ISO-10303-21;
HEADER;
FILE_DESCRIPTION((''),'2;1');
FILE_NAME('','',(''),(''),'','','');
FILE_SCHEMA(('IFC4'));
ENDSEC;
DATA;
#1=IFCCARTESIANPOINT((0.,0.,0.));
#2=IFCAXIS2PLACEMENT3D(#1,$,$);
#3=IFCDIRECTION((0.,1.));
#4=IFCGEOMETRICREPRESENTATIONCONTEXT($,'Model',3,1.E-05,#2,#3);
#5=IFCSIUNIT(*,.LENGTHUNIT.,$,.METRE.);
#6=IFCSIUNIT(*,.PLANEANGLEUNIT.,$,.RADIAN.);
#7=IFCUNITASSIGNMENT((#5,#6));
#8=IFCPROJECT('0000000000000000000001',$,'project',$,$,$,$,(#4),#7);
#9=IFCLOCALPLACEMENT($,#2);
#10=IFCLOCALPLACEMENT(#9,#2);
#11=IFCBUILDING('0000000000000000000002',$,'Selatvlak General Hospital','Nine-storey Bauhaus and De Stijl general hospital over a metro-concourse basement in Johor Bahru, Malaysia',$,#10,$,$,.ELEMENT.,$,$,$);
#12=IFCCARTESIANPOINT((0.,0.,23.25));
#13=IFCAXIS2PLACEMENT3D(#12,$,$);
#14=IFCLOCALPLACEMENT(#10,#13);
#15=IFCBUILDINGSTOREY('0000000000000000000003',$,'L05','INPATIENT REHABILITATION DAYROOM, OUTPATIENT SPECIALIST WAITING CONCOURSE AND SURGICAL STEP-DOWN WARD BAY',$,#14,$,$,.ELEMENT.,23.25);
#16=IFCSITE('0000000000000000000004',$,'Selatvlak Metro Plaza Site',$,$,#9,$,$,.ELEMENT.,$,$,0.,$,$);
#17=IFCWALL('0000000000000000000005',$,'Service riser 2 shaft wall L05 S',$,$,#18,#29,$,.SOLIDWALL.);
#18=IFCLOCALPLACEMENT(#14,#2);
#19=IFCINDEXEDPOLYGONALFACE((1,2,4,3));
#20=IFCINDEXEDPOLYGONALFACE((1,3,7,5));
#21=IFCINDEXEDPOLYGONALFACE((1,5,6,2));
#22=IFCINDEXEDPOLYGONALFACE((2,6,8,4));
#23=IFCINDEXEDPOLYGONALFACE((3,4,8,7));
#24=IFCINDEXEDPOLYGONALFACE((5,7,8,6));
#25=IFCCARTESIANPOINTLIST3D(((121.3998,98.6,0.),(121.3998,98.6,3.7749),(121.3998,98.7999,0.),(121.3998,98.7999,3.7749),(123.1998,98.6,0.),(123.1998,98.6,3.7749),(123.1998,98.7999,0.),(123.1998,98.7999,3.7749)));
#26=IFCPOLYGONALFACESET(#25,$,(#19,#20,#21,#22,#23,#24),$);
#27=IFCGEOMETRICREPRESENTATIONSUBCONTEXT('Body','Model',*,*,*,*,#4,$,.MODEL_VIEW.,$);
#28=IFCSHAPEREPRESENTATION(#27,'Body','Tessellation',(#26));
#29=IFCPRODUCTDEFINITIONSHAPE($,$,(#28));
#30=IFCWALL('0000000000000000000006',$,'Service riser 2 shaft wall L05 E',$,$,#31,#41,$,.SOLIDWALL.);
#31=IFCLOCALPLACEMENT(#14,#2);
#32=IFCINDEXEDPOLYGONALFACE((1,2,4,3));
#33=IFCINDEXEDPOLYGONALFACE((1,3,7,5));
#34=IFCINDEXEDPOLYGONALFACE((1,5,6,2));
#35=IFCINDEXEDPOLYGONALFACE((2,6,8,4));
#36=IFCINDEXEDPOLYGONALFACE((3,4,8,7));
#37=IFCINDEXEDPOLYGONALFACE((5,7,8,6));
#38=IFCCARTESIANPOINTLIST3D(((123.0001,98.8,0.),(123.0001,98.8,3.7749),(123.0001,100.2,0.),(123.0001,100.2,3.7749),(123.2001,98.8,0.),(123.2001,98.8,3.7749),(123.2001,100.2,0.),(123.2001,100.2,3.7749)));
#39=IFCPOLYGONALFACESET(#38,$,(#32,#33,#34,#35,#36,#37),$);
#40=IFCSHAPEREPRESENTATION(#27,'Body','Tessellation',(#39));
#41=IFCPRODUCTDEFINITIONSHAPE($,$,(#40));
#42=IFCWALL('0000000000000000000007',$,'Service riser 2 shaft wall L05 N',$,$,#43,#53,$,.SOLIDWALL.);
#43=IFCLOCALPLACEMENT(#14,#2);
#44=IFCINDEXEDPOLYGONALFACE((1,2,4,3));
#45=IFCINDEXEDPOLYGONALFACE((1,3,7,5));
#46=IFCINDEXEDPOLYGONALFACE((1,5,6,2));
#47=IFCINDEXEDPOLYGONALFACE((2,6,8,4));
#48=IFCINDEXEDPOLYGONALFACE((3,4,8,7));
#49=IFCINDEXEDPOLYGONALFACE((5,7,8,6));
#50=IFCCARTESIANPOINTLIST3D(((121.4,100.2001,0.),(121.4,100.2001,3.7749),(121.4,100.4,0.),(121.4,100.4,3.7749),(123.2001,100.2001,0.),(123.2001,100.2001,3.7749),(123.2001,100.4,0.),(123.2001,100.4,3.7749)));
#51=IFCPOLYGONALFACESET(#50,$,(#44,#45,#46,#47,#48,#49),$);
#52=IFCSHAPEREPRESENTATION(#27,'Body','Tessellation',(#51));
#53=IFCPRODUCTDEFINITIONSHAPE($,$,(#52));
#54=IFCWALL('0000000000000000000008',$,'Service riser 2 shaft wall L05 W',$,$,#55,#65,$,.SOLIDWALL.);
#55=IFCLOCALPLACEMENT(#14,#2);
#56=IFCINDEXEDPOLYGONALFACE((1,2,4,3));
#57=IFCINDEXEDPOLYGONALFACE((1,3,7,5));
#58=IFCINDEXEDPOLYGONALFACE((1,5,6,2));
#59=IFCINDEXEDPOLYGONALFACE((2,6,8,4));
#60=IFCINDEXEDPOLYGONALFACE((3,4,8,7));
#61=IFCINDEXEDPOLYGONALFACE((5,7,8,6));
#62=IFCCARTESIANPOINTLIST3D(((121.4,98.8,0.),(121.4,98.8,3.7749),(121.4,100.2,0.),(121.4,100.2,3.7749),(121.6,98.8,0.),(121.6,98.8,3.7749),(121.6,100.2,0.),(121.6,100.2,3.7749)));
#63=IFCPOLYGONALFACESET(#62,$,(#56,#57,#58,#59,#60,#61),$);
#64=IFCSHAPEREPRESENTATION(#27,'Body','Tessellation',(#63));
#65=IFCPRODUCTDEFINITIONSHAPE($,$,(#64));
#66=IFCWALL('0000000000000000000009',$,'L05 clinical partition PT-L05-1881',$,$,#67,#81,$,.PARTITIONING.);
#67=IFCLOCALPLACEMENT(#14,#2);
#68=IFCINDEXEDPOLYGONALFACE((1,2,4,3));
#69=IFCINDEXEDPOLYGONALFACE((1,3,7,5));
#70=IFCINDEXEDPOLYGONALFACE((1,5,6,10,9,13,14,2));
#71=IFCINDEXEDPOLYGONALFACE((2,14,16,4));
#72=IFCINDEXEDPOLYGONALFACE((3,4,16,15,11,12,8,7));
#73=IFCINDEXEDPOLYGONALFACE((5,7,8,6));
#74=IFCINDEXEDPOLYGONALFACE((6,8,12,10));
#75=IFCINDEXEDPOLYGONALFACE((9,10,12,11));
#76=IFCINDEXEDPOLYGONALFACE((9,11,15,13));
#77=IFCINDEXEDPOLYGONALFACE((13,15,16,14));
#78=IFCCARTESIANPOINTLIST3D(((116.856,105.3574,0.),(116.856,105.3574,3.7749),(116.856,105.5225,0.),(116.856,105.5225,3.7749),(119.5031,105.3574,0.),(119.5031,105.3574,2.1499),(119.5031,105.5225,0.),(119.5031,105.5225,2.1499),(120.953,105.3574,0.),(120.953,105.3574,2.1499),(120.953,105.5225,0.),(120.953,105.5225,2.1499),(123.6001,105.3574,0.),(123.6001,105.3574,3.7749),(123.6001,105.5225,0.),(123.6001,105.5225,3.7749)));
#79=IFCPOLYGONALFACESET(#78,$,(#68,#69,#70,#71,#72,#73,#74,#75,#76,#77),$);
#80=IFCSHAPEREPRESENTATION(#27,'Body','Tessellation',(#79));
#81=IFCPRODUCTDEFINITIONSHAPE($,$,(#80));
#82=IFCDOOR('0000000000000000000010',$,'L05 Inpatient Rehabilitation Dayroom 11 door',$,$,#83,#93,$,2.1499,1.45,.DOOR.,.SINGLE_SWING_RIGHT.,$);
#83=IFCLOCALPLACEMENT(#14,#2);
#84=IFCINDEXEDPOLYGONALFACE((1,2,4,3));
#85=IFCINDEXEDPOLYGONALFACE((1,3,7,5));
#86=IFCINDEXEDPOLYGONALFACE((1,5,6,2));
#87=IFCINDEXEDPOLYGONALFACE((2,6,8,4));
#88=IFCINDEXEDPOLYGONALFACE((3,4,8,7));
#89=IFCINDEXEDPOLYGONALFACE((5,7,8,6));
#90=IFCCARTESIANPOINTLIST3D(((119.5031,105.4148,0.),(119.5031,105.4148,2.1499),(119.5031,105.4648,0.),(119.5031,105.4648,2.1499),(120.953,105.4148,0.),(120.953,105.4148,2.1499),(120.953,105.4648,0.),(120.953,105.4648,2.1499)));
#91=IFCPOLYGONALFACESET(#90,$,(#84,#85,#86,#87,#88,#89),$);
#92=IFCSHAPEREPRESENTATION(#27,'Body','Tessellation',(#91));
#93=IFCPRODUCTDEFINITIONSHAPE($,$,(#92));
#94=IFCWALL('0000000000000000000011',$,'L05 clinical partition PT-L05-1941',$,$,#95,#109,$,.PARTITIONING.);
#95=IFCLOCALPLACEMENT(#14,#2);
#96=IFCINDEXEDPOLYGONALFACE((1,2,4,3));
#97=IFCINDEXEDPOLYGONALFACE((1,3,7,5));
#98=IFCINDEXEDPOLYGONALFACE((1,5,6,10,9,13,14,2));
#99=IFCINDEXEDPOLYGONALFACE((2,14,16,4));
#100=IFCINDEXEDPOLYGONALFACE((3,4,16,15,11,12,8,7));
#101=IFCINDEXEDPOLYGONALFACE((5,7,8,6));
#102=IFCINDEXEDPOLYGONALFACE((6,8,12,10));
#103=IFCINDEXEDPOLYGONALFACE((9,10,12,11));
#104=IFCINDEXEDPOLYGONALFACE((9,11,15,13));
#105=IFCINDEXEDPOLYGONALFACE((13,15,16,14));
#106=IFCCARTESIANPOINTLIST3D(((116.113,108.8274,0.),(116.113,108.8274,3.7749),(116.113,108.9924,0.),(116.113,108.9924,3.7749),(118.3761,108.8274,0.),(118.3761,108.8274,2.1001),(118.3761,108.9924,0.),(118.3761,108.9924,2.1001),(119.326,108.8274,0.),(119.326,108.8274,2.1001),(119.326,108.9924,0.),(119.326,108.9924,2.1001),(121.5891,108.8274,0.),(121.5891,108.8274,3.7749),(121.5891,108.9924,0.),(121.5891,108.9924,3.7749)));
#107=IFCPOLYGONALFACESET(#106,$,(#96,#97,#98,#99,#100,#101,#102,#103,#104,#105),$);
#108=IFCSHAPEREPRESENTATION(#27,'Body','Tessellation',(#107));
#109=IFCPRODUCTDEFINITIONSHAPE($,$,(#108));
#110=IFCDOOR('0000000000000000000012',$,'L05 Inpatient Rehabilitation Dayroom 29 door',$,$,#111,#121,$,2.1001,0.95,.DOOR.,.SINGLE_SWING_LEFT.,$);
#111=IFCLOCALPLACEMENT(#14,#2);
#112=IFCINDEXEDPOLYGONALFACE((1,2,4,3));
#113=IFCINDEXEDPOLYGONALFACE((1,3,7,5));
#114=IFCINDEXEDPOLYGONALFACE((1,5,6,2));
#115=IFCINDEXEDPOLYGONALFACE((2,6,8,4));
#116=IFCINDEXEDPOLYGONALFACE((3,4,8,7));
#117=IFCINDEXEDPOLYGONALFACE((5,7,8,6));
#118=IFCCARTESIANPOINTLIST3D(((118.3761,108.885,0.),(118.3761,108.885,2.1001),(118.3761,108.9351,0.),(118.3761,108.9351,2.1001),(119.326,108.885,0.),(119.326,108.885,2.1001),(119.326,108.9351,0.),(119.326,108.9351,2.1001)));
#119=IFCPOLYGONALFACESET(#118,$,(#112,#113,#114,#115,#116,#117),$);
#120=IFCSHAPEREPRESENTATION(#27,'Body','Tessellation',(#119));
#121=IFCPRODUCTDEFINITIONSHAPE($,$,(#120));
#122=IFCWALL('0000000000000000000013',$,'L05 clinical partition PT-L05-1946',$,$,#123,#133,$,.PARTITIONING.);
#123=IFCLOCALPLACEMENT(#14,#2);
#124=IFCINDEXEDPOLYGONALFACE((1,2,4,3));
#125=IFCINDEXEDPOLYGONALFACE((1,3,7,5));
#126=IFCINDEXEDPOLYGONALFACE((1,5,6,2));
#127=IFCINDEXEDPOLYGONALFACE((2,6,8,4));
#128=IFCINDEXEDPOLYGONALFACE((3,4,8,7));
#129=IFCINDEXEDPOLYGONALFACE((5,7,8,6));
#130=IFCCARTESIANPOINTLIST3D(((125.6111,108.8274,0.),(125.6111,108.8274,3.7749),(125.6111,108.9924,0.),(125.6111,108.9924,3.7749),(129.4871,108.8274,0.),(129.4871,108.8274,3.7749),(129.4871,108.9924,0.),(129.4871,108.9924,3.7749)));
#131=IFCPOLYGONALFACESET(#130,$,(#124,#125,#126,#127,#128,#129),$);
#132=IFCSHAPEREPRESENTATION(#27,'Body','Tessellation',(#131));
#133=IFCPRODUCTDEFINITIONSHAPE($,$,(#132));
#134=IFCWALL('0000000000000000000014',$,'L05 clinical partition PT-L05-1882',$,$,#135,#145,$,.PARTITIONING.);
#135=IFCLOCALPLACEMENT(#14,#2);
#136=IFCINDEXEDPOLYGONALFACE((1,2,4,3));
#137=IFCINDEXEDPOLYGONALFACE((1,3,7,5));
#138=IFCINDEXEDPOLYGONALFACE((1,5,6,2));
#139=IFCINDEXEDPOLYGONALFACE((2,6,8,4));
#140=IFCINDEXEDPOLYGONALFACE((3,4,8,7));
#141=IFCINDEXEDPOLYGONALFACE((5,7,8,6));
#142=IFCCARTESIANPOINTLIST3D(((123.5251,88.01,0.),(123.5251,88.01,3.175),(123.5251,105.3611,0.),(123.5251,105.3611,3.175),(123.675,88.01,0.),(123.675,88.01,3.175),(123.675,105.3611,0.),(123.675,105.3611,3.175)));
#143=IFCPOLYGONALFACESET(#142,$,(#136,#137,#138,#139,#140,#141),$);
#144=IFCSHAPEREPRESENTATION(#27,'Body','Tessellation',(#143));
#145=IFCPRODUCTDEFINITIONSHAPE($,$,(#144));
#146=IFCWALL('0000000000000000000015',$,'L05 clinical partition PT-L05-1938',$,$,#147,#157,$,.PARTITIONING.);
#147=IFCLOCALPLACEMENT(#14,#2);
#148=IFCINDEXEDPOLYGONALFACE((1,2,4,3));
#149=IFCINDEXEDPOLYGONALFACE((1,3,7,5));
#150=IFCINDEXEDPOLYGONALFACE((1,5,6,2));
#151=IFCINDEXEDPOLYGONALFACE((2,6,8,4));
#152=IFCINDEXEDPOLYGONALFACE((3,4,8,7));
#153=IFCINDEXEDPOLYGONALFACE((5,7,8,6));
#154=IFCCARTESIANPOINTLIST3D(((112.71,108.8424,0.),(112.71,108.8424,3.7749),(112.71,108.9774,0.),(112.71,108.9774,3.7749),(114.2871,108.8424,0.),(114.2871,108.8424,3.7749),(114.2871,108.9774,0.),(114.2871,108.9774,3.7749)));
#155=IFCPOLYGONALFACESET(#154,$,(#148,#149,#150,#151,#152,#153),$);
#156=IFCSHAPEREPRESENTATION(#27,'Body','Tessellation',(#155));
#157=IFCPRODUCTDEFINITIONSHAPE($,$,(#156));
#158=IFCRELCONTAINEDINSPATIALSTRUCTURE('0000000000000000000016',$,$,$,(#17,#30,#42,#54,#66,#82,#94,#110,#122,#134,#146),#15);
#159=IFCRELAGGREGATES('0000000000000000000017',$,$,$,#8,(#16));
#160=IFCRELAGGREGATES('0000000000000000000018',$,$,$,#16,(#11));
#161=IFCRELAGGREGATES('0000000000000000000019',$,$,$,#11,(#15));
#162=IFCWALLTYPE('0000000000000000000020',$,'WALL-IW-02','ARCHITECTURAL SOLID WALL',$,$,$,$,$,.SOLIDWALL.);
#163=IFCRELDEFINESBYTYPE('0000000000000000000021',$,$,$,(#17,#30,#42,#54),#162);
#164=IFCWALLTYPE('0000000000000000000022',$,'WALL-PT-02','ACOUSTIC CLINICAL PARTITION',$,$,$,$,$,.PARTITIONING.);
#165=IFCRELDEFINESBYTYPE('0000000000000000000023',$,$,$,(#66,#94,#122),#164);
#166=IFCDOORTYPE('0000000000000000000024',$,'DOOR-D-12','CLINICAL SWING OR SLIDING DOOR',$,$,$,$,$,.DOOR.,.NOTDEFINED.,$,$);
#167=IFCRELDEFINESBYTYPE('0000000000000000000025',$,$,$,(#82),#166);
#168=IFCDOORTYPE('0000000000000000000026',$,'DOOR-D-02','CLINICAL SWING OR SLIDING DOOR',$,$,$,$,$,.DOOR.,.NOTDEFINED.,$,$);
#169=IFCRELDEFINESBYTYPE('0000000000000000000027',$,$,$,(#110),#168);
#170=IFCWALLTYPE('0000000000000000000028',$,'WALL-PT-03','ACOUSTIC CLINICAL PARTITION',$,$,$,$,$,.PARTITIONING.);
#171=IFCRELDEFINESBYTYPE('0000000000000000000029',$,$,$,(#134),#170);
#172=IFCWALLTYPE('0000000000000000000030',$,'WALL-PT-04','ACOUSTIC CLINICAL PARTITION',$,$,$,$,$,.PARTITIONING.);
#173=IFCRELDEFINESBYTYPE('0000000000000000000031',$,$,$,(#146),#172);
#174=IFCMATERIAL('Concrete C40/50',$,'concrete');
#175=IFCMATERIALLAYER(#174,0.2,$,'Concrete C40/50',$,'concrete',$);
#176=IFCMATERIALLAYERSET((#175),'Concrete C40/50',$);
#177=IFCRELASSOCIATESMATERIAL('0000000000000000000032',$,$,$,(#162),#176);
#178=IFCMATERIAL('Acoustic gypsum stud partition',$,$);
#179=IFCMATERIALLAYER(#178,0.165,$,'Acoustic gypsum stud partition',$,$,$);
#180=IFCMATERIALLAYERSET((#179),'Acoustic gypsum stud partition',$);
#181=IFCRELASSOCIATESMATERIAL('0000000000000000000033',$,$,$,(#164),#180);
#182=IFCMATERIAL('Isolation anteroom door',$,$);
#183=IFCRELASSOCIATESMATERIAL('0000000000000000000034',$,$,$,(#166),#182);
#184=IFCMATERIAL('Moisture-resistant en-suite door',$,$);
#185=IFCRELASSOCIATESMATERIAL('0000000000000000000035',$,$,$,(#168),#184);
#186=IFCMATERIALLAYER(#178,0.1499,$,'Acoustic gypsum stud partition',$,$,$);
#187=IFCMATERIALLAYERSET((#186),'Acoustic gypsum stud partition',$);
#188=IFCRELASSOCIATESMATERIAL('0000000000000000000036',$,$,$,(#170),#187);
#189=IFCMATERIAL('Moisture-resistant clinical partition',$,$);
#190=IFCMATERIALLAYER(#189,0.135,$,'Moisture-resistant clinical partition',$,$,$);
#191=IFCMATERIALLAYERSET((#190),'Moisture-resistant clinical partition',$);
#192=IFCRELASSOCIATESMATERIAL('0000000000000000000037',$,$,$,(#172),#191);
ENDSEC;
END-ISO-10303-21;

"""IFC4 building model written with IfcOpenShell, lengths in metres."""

from ifc_helpers import new_model, si_unit, direction, frame, frame_2d, origin, place, context, subcontext, project, spatial, rectangle, extrude, material, layer, layer_set, type_object, element, fill, save


model = new_model("IFC4")

# Units and contexts
model_context = context("Model", 3, precision=1e-05, world=origin(), true_north=direction((0.0, 1.0)))
body_context = subcontext(model_context, "Body", "Model", "MODEL_VIEW")
ifc_project = project(units=[si_unit("LENGTHUNIT", "METRE"), si_unit("PLANEANGLEUNIT", "RADIAN")], contexts=[model_context])

# Site, building, storey
site_placement = place(None, origin())
site = spatial("IfcSite", under=ifc_project, at=site_placement, Name="Selatvlak Metro Plaza Site", CompositionType="ELEMENT", RefElevation=0.0)
building_placement = place(site_placement, origin())
building = spatial("IfcBuilding", under=site, at=building_placement, Name="Selatvlak General Hospital", Description="Nine-storey Bauhaus and De Stijl general hospital over a metro-concourse basement in Johor Bahru, Malaysia", CompositionType="ELEMENT")
storey_placement = place(building_placement, frame((0.0, 0.0, 23.25)))
storey = spatial("IfcBuildingStorey", under=building, at=storey_placement, Name="L05", Description="INPATIENT REHABILITATION DAYROOM, OUTPATIENT SPECIALIST WAITING CONCOURSE AND SURGICAL STEP-DOWN WARD BAY", CompositionType="ELEMENT", Elevation=23.25)

# Shared definitions
ifc_material_1 = material(Name="Concrete C40/50", Category="concrete")

# Walls
ifc_layer_1 = layer(ifc_material_1, 0.2, Name="Concrete C40/50", Category="concrete")
ifc_layer_set_1 = layer_set([ifc_layer_1], Name="Concrete C40/50")
wall_type_1 = type_object("IfcWallType", Name="WALL-IW-02", Description="ARCHITECTURAL SOLID WALL", PredefinedType="SOLIDWALL", material=ifc_layer_set_1)
wall_1_placement = place(storey_placement, frame((121.3999, 98.7, 0.0), z_axis=(0.0, 0.0, 1.0), x_axis=(1.0, 0.0, 0.0)))
element("IfcWall", 1, at=wall_1_placement, inside=storey, type_object=wall_type_1, Name="Service riser 2 shaft wall L05 S", PredefinedType="SOLIDWALL", context=body_context, shape_type="SweptSolid", body=[
    extrude(rectangle(XDim=1.8, YDim=0.2, at=frame_2d((0.8999, 0.0))), origin(), (0.0, 0.0, 1.0), 3.7749),
])
wall_2_placement = place(storey_placement, frame((123.1001, 98.8, 0.0), z_axis=(0.0, 0.0, 1.0), x_axis=(0.0, 1.0, 0.0)))
element("IfcWall", 2, at=wall_2_placement, inside=storey, type_object=wall_type_1, Name="Service riser 2 shaft wall L05 E", PredefinedType="SOLIDWALL", context=body_context, shape_type="SweptSolid", body=[
    extrude(rectangle(XDim=1.3999, YDim=0.2, at=frame_2d((0.7, 0.0))), origin(), (0.0, 0.0, 1.0), 3.7749),
])
wall_3_placement = place(storey_placement, frame((123.2, 100.3, 0.0), z_axis=(0.0, 0.0, 1.0), x_axis=(-1.0, 0.0, 0.0)))
element("IfcWall", 3, at=wall_3_placement, inside=storey, type_object=wall_type_1, Name="Service riser 2 shaft wall L05 N", PredefinedType="SOLIDWALL", context=body_context, shape_type="SweptSolid", body=[
    extrude(rectangle(XDim=1.8, YDim=0.2, at=frame_2d((0.8999, 0.0))), origin(), (0.0, 0.0, 1.0), 3.7749),
])
wall_4_placement = place(storey_placement, frame((121.5, 100.2, 0.0), z_axis=(0.0, 0.0, 1.0), x_axis=(0.0, -1.0, 0.0)))
element("IfcWall", 4, at=wall_4_placement, inside=storey, type_object=wall_type_1, Name="Service riser 2 shaft wall L05 W", PredefinedType="SOLIDWALL", context=body_context, shape_type="SweptSolid", body=[
    extrude(rectangle(XDim=1.3999, YDim=0.2, at=frame_2d((0.7, 0.0))), origin(), (0.0, 0.0, 1.0), 3.7749),
])
ifc_material_2 = material(Name="Acoustic gypsum stud partition")

# Walls, openings, doors
ifc_layer_2 = layer(ifc_material_2, 0.165, Name="Acoustic gypsum stud partition")
ifc_layer_set_2 = layer_set([ifc_layer_2], Name="Acoustic gypsum stud partition")
wall_type_2 = type_object("IfcWallType", Name="WALL-PT-02", Description="ACOUSTIC CLINICAL PARTITION", PredefinedType="PARTITIONING", material=ifc_layer_set_2)
wall_5_placement = place(storey_placement, frame((116.856, 105.4399, 0.0), z_axis=(0.0, 0.0, 1.0), x_axis=(1.0, 0.0, 0.0)))
wall_5 = element("IfcWall", 5, at=wall_5_placement, inside=storey, type_object=wall_type_2, Name="L05 clinical partition PT-L05-1881", PredefinedType="PARTITIONING", context=body_context, shape_type="SweptSolid", body=[
    extrude(rectangle(XDim=6.7441, YDim=0.165, at=frame_2d((3.3721, 0.0))), origin(), (0.0, 0.0, 1.0), 3.7749),
])
opening_1_placement = place(wall_5_placement, frame((2.647, 0.0, 0.0)))
opening_1 = element("IfcOpeningElement", 6, at=opening_1_placement, cuts=wall_5, PredefinedType="OPENING", context=body_context, shape_type="SweptSolid", body=[
    extrude(rectangle(XDim=1.45, YDim=2.1499, at=frame_2d((0.7251, 1.075))), frame((0.0, 0.0925, 0.0), z_axis=(0.0, -1.0, 0.0), x_axis=(1.0, 0.0, 0.0)), (0.0, 0.0, 1.0), 0.1851),
])
ifc_material_3 = material(Name="Isolation anteroom door")
door_type_1 = type_object("IfcDoorType", Name="DOOR-D-12", Description="CLINICAL SWING OR SLIDING DOOR", OperationType="NOTDEFINED", PredefinedType="DOOR", material=ifc_material_3)
door_1_placement = place(opening_1_placement, origin())
door_1 = element("IfcDoor", 7, at=door_1_placement, inside=storey, type_object=door_type_1, Name="L05 Inpatient Rehabilitation Dayroom 11 door", OperationType="SINGLE_SWING_RIGHT", OverallHeight=2.1499, OverallWidth=1.45, PredefinedType="DOOR", context=body_context, shape_type="SweptSolid", body=[
    extrude(rectangle(XDim=1.45, YDim=2.1499, at=frame_2d((0.7251, 1.075))), frame((0.0, 0.0249, 0.0), z_axis=(0.0, -1.0, 0.0), x_axis=(1.0, 0.0, 0.0)), (0.0, 0.0, 1.0), 0.05),
])
fill(opening_1, door_1)
wall_6_placement = place(storey_placement, frame((121.5891, 108.9099, 0.0), z_axis=(0.0, 0.0, 1.0), x_axis=(-1.0, 0.0, 0.0)))
wall_6 = element("IfcWall", 8, at=wall_6_placement, inside=storey, type_object=wall_type_2, Name="L05 clinical partition PT-L05-1941", PredefinedType="PARTITIONING", context=body_context, shape_type="SweptSolid", body=[
    extrude(rectangle(XDim=5.4761, YDim=0.165, at=frame_2d((2.738, 0.0))), origin(), (0.0, 0.0, 1.0), 3.7749),
])
opening_2_placement = place(wall_6_placement, frame((2.2629, 0.0, 0.0)))
opening_2 = element("IfcOpeningElement", 9, at=opening_2_placement, cuts=wall_6, PredefinedType="OPENING", context=body_context, shape_type="SweptSolid", body=[
    extrude(rectangle(XDim=0.95, YDim=2.1001, at=frame_2d((0.4751, 1.05))), frame((0.0, 0.0925, 0.0), z_axis=(0.0, -1.0, 0.0), x_axis=(1.0, 0.0, 0.0)), (0.0, 0.0, 1.0), 0.1851),
])
ifc_material_4 = material(Name="Moisture-resistant en-suite door")
door_type_2 = type_object("IfcDoorType", Name="DOOR-D-02", Description="CLINICAL SWING OR SLIDING DOOR", OperationType="NOTDEFINED", PredefinedType="DOOR", material=ifc_material_4)
door_2_placement = place(opening_2_placement, origin())
door_2 = element("IfcDoor", 10, at=door_2_placement, inside=storey, type_object=door_type_2, Name="L05 Inpatient Rehabilitation Dayroom 29 door", OperationType="SINGLE_SWING_LEFT", OverallHeight=2.1001, OverallWidth=0.95, PredefinedType="DOOR", context=body_context, shape_type="SweptSolid", body=[
    extrude(rectangle(XDim=0.95, YDim=2.1001, at=frame_2d((0.4751, 1.05))), frame((0.0, 0.0249, 0.0), z_axis=(0.0, -1.0, 0.0), x_axis=(1.0, 0.0, 0.0)), (0.0, 0.0, 1.0), 0.05),
])
fill(opening_2, door_2)

# Walls
wall_7_placement = place(storey_placement, frame((129.4871, 108.9099, 0.0), z_axis=(0.0, 0.0, 1.0), x_axis=(-1.0, 0.0, 0.0)))
element("IfcWall", 11, at=wall_7_placement, inside=storey, type_object=wall_type_2, Name="L05 clinical partition PT-L05-1946", PredefinedType="PARTITIONING", context=body_context, shape_type="SweptSolid", body=[
    extrude(rectangle(XDim=3.876, YDim=0.165, at=frame_2d((1.938, 0.0))), origin(), (0.0, 0.0, 1.0), 3.7749),
])
ifc_layer_3 = layer(ifc_material_2, 0.1499, Name="Acoustic gypsum stud partition")
ifc_layer_set_3 = layer_set([ifc_layer_3], Name="Acoustic gypsum stud partition")
wall_type_3 = type_object("IfcWallType", Name="WALL-PT-03", Description="ACOUSTIC CLINICAL PARTITION", PredefinedType="PARTITIONING", material=ifc_layer_set_3)
wall_8_placement = place(storey_placement, frame((123.6001, 105.3611, 0.0), z_axis=(0.0, 0.0, 1.0), x_axis=(0.0, -1.0, 0.0)))
element("IfcWall", 12, at=wall_8_placement, inside=storey, type_object=wall_type_3, Name="L05 clinical partition PT-L05-1882", PredefinedType="PARTITIONING", context=body_context, shape_type="SweptSolid", body=[
    extrude(rectangle(XDim=17.3511, YDim=0.1499, at=frame_2d((8.6755, 0.0))), origin(), (0.0, 0.0, 1.0), 3.175),
])
ifc_material_5 = material(Name="Moisture-resistant clinical partition")
ifc_layer_4 = layer(ifc_material_5, 0.135, Name="Moisture-resistant clinical partition")
ifc_layer_set_4 = layer_set([ifc_layer_4], Name="Moisture-resistant clinical partition")
wall_type_4 = type_object("IfcWallType", Name="WALL-PT-04", Description="ACOUSTIC CLINICAL PARTITION", PredefinedType="PARTITIONING", material=ifc_layer_set_4)
wall_9_placement = place(storey_placement, frame((114.2871, 108.9099, 0.0), z_axis=(0.0, 0.0, 1.0), x_axis=(-1.0, 0.0, 0.0)))
element("IfcWall", 13, at=wall_9_placement, inside=storey, type_object=wall_type_4, Name="L05 clinical partition PT-L05-1938", PredefinedType="PARTITIONING", context=body_context, shape_type="SweptSolid", body=[
    extrude(rectangle(XDim=1.5771, YDim=0.135, at=frame_2d((0.7886, 0.0))), origin(), (0.0, 0.0, 1.0), 3.7749),
])

save(model, "model.ifc")
